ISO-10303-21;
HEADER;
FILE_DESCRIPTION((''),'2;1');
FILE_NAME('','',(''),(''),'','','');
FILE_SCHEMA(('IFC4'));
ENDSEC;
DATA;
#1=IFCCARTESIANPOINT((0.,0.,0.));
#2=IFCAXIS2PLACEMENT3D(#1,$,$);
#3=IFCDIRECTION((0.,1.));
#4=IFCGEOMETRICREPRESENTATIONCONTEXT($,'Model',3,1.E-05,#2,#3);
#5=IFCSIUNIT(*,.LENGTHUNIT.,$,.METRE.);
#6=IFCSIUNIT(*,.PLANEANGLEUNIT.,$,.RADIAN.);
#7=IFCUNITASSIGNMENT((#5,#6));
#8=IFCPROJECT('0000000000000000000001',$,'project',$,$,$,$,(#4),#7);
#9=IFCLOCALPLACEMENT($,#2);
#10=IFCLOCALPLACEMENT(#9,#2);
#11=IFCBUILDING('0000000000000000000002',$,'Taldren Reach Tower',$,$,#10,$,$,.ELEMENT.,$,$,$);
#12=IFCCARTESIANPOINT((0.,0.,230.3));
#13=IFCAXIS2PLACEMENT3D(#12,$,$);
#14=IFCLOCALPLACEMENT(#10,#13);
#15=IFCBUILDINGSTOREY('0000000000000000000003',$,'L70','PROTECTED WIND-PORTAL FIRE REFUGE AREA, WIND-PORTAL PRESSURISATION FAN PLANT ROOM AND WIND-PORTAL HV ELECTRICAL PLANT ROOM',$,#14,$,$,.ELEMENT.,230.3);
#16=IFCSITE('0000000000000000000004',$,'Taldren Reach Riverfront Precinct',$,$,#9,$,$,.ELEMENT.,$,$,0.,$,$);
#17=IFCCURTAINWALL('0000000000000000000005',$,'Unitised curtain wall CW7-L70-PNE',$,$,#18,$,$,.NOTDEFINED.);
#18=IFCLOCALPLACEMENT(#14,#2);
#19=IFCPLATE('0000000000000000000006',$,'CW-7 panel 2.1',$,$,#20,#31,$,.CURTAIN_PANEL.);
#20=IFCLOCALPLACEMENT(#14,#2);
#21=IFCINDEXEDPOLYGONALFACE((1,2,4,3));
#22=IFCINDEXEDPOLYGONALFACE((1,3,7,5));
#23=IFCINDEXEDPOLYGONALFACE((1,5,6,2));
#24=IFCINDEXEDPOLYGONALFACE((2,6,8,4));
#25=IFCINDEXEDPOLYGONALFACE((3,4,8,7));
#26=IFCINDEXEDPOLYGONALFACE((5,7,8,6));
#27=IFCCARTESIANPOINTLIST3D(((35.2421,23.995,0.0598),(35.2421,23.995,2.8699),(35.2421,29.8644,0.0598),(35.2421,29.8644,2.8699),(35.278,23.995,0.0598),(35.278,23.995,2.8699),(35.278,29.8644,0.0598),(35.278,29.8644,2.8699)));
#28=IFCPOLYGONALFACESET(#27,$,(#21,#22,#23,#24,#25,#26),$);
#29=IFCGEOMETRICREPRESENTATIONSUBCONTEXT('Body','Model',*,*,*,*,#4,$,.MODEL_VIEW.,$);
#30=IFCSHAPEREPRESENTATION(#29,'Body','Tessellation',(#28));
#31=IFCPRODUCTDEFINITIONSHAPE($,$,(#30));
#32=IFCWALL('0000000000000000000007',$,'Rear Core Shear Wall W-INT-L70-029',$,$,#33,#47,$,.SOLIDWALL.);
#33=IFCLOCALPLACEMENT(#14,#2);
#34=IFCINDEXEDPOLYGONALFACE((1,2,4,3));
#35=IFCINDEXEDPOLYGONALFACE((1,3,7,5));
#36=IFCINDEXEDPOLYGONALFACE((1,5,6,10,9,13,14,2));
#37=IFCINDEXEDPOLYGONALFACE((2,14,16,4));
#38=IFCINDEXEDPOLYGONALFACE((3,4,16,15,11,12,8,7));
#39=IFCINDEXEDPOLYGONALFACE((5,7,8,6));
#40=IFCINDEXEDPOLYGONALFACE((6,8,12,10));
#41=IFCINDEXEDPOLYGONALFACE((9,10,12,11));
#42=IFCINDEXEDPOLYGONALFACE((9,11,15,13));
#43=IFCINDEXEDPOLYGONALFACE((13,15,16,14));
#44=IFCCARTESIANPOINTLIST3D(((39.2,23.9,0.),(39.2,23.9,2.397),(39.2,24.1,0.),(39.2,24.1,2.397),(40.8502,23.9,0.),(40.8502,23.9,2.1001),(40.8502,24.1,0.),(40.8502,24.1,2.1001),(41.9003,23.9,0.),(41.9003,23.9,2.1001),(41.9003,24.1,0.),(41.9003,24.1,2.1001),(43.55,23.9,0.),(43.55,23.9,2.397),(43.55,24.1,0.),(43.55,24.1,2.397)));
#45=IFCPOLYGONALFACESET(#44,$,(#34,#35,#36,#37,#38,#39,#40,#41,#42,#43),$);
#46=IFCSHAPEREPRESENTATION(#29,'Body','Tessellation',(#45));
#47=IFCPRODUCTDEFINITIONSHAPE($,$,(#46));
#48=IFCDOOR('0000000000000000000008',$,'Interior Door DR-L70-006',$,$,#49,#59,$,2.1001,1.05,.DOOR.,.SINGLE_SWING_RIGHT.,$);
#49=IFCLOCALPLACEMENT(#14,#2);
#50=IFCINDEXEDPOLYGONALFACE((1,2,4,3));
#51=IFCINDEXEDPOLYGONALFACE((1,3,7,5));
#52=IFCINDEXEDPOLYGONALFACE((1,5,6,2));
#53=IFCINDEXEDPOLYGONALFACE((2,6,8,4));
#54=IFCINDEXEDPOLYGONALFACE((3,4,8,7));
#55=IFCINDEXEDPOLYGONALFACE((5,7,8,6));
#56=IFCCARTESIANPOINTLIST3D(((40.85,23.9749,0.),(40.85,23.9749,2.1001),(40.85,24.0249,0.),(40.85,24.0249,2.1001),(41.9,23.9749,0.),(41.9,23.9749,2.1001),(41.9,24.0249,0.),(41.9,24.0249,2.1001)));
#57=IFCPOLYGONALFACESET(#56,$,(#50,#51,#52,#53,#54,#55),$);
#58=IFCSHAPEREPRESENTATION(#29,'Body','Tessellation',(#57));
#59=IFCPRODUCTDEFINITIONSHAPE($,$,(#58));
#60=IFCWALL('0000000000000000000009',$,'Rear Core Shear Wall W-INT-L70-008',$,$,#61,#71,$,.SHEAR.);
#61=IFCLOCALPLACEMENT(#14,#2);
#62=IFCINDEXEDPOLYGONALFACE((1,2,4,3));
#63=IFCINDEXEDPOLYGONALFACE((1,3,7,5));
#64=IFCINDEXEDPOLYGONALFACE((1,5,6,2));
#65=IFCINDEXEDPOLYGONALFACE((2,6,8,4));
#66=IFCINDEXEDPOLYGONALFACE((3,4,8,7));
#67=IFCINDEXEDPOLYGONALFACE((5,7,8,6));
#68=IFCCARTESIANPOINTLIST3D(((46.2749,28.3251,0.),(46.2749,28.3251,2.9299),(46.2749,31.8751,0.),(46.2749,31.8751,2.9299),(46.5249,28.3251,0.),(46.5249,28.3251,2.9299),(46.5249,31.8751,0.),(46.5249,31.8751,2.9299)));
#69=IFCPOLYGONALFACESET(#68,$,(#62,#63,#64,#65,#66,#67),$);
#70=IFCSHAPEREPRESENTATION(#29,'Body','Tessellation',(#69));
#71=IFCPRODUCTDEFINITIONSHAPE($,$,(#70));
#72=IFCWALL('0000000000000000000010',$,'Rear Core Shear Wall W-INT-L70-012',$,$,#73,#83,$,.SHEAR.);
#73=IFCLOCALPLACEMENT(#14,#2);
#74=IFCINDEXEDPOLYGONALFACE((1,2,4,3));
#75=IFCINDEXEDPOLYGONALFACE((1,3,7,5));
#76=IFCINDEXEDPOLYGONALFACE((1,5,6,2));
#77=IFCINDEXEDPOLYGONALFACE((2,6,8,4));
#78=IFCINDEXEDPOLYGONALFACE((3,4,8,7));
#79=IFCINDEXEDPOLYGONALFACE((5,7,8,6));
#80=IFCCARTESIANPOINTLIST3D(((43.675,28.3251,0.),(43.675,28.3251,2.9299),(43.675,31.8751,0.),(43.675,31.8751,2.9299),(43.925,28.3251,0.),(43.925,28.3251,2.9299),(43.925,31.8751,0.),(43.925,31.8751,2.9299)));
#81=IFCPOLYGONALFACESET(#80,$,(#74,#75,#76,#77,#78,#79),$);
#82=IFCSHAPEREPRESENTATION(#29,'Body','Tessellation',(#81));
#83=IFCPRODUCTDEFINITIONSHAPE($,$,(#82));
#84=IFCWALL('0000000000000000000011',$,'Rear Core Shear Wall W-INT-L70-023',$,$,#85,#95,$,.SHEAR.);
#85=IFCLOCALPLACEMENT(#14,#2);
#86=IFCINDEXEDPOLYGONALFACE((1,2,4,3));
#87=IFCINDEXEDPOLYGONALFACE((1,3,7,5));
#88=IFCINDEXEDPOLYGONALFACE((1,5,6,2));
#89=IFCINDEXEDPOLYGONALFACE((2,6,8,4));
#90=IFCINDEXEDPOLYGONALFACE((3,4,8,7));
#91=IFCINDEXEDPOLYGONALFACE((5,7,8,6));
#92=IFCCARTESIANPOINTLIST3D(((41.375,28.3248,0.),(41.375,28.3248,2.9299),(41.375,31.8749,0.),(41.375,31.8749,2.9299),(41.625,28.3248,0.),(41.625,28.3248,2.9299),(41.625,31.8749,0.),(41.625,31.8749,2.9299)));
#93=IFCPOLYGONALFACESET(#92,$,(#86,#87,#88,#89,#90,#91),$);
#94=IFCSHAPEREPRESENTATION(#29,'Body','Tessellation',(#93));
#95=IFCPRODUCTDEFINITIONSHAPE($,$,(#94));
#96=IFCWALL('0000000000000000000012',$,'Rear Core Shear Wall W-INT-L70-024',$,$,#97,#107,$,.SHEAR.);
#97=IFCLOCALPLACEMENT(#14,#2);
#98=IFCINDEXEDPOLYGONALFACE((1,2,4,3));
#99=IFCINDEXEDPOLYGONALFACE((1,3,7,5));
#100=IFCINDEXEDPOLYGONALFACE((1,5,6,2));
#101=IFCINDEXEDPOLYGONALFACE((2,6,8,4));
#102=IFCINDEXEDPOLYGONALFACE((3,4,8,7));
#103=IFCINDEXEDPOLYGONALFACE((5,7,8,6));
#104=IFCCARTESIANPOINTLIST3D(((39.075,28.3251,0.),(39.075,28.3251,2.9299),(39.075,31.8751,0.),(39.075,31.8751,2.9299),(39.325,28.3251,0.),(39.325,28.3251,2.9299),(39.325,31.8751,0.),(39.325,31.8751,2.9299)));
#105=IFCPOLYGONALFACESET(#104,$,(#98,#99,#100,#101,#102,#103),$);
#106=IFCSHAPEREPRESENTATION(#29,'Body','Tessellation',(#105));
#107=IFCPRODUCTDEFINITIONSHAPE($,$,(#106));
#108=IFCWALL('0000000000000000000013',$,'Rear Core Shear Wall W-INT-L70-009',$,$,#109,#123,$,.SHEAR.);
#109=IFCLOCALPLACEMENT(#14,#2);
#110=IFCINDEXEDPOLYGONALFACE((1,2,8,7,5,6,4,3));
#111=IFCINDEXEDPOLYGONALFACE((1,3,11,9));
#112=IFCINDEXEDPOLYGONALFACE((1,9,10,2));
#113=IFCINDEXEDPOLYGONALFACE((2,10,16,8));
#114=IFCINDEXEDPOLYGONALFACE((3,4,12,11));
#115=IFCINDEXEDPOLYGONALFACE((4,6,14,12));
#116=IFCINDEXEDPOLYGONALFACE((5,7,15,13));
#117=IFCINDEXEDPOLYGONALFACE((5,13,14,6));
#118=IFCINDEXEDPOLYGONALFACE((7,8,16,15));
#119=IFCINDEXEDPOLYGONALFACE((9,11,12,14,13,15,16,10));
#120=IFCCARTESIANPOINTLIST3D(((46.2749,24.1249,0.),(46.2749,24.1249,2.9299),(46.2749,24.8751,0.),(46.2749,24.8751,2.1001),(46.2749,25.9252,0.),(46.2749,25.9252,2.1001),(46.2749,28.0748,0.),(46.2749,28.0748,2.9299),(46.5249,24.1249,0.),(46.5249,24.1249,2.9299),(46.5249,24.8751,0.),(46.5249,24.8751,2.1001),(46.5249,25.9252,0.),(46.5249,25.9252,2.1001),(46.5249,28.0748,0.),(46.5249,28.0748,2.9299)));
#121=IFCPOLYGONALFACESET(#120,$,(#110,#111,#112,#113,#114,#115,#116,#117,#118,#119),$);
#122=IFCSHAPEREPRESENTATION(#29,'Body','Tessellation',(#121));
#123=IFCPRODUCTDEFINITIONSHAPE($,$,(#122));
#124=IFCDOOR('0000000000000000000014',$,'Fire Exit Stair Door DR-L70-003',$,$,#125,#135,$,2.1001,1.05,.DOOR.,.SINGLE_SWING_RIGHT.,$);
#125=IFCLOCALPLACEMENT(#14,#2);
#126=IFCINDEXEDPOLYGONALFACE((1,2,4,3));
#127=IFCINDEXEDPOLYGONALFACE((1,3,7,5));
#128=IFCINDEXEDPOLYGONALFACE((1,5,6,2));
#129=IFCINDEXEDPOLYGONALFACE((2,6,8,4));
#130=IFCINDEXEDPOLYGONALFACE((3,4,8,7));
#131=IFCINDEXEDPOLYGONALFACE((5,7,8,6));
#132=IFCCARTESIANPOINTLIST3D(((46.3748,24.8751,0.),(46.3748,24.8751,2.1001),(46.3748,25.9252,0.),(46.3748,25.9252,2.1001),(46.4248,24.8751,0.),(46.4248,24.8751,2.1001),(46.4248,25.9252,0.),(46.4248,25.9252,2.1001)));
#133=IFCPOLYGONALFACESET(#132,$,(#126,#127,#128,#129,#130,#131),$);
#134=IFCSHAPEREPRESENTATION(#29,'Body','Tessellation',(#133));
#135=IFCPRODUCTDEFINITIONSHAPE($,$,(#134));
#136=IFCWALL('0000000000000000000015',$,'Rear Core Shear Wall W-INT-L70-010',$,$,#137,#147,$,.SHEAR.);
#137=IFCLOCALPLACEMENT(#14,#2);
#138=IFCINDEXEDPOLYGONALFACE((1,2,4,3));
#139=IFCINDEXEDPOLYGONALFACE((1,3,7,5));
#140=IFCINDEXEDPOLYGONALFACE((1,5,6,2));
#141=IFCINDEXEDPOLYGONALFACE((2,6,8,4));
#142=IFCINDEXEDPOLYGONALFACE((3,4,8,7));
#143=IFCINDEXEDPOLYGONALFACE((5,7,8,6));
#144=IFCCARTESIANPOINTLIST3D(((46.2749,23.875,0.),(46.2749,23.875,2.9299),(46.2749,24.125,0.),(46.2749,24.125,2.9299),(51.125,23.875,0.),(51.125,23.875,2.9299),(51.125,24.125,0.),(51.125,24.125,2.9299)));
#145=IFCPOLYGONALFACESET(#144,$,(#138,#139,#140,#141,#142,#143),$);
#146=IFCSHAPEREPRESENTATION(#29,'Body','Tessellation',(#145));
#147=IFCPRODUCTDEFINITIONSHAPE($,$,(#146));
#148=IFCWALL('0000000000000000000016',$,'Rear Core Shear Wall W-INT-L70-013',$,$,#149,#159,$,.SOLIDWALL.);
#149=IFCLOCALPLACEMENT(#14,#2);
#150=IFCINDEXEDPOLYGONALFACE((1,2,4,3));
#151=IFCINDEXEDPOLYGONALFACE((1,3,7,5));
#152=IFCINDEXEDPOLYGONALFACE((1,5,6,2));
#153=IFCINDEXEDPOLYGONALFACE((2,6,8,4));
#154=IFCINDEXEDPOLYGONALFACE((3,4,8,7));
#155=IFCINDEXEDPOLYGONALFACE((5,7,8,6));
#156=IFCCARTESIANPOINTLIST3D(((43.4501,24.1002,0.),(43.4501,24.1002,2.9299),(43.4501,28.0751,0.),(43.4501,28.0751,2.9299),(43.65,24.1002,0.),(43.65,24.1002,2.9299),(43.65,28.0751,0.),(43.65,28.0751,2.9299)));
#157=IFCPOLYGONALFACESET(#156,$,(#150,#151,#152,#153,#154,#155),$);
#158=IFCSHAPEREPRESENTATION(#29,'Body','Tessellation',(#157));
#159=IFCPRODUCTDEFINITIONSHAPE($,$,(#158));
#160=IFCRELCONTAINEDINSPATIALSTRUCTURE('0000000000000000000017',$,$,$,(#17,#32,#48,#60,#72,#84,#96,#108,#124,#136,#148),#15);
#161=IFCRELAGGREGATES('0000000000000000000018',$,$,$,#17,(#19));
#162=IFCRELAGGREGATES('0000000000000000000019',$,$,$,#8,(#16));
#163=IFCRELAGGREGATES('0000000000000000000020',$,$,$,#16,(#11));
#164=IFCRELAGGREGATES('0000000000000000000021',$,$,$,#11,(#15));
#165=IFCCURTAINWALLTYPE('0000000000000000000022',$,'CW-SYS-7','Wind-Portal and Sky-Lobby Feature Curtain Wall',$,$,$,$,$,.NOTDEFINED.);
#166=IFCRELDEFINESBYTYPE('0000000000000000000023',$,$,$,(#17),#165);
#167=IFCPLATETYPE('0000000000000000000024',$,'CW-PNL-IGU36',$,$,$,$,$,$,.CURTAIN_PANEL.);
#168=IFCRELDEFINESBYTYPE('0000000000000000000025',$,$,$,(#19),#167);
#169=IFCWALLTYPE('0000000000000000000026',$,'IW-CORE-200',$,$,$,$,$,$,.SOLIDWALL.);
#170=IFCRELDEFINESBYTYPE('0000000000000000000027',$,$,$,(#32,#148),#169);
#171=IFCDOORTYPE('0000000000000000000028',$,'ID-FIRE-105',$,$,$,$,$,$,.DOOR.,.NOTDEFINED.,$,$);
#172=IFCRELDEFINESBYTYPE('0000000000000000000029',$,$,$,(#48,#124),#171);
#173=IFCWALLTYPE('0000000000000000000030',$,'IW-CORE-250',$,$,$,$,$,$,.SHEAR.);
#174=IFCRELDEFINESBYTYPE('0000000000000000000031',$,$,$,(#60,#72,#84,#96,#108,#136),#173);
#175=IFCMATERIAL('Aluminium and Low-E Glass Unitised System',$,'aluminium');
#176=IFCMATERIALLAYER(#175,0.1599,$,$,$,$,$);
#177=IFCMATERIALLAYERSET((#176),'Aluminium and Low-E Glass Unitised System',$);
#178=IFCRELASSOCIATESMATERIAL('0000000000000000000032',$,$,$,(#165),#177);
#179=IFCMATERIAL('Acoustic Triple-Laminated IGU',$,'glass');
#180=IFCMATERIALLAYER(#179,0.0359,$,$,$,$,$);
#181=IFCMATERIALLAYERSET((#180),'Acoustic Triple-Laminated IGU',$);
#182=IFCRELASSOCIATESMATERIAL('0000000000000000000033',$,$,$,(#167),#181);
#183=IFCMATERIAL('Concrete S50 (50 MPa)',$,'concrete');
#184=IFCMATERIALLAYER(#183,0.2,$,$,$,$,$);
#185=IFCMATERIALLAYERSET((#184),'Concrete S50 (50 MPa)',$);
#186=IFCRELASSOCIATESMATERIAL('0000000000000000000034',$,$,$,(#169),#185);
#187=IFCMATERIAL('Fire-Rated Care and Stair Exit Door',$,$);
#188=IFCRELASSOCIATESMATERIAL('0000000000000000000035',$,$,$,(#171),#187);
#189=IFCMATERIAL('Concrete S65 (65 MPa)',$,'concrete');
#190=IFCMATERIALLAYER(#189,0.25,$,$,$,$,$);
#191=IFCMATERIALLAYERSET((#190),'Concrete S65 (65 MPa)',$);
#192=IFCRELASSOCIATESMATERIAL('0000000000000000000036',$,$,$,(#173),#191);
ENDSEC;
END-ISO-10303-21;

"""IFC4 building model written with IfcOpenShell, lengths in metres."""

from ifc_helpers import new_model, si_unit, direction, frame, frame_2d, origin, origin_2d, place, context, subcontext, project, spatial, rectangle, extrude, source, transform, mapped, material, layer, layer_set, type_object, element, fill, aggregate, save


model = new_model("IFC4")

# Units and contexts
model_context = context("Model", 3, precision=1e-05, world=origin(), true_north=direction((0.0, 1.0)))
body_context = subcontext(model_context, "Body", "Model", "MODEL_VIEW")
ifc_project = project(units=[si_unit("LENGTHUNIT", "METRE"), si_unit("PLANEANGLEUNIT", "RADIAN")], contexts=[model_context])

# Site, building, storey
site_placement = place(None, origin())
site = spatial("IfcSite", under=ifc_project, at=site_placement, Name="Taldren Reach Riverfront Precinct", CompositionType="ELEMENT", RefElevation=0.0)
building_placement = place(site_placement, origin())
building = spatial("IfcBuilding", under=site, at=building_placement, Name="Taldren Reach Tower", CompositionType="ELEMENT")
storey_placement = place(building_placement, frame((0.0, 0.0, 230.3)))
storey = spatial("IfcBuildingStorey", under=building, at=storey_placement, Name="L70", Description="PROTECTED WIND-PORTAL FIRE REFUGE AREA, WIND-PORTAL PRESSURISATION FAN PLANT ROOM AND WIND-PORTAL HV ELECTRICAL PLANT ROOM", CompositionType="ELEMENT", Elevation=230.3)

# Curtain wall
ifc_material_1 = material(Name="Aluminium and Low-E Glass Unitised System", Category="aluminium")
ifc_layer_1 = layer(ifc_material_1, 0.1599)
ifc_layer_set_1 = layer_set([ifc_layer_1], Name="Aluminium and Low-E Glass Unitised System")
curtain_wall_type = type_object("IfcCurtainWallType", Name="CW-SYS-7", Description="Wind-Portal and Sky-Lobby Feature Curtain Wall", PredefinedType="NOTDEFINED", material=ifc_layer_set_1)
curtain_wall_placement = place(storey_placement, origin())
curtain_wall = element("IfcCurtainWall", 1, at=curtain_wall_placement, inside=storey, type_object=curtain_wall_type, Name="Unitised curtain wall CW7-L70-PNE", PredefinedType="NOTDEFINED")

# Plate
ifc_material_2 = material(Name="Acoustic Triple-Laminated IGU", Category="glass")
ifc_layer_2 = layer(ifc_material_2, 0.0359)
ifc_layer_set_2 = layer_set([ifc_layer_2], Name="Acoustic Triple-Laminated IGU")
plate_type = type_object("IfcPlateType", Name="CW-PNL-IGU36", PredefinedType="CURTAIN_PANEL", material=ifc_layer_set_2)
shared_shape_1 = source(origin(), body_context, "Body", "SweptSolid", [
    extrude(rectangle(XDim=5.8694, YDim=0.0359, at=origin_2d()), origin(), (0.0, 0.0, 1.0), 2.8101),
])
plate_placement = place(storey_placement, frame((35.26, 26.9297, 0.0598), z_axis=(0.0, 0.0, 1.0), x_axis=(0.0, -1.0, 0.0)))
plate = element("IfcPlate", 2, at=plate_placement, type_object=plate_type, Name="CW-7 panel 2.1", PredefinedType="CURTAIN_PANEL", context=body_context, shape_type="MappedRepresentation", body=[
    mapped(shared_shape_1, transform((0.0, 0.0, 0.0), scale=1.0)),
])
aggregate(curtain_wall, [plate])

# Wall, opening, door
ifc_material_3 = material(Name="Concrete S50 (50 MPa)", Category="concrete")
ifc_layer_3 = layer(ifc_material_3, 0.2)
ifc_layer_set_3 = layer_set([ifc_layer_3], Name="Concrete S50 (50 MPa)")
wall_type_1 = type_object("IfcWallType", Name="IW-CORE-200", PredefinedType="SOLIDWALL", material=ifc_layer_set_3)
shared_shape_2 = source(origin(), body_context, "Body", "SweptSolid", [
    extrude(rectangle(XDim=4.3501, YDim=0.2, at=frame_2d((2.175, 0.0))), origin(), (0.0, 0.0, 1.0), 2.397),
])
wall_1_placement = place(storey_placement, frame((43.55, 24.0, 0.0), z_axis=(0.0, 0.0, 1.0), x_axis=(-1.0, 0.0, 0.0)))
wall_1 = element("IfcWall", 3, at=wall_1_placement, inside=storey, type_object=wall_type_1, Name="Rear Core Shear Wall W-INT-L70-029", PredefinedType="SOLIDWALL", context=body_context, shape_type="MappedRepresentation", body=[
    mapped(shared_shape_2, transform((0.0, 0.0, 0.0), scale=1.0)),
])
shared_shape_3 = source(origin(), body_context, "Body", "SweptSolid", [
    extrude(rectangle(XDim=1.05, YDim=2.1001, at=frame_2d((0.5249, 1.05))), frame((0.0, 0.1099, 0.0), z_axis=(0.0, -1.0, 0.0), x_axis=(1.0, 0.0, 0.0)), (0.0, 0.0, 1.0), 0.22),
])
opening_1_placement = place(wall_1_placement, frame((1.6499, 0.0, 0.0)))
opening_1 = element("IfcOpeningElement", 4, at=opening_1_placement, cuts=wall_1, PredefinedType="OPENING", context=body_context, shape_type="MappedRepresentation", body=[
    mapped(shared_shape_3, transform((0.0, 0.0, 0.0), scale=1.0)),
])
ifc_material_4 = material(Name="Fire-Rated Care and Stair Exit Door")
door_type_1 = type_object("IfcDoorType", Name="ID-FIRE-105", OperationType="NOTDEFINED", PredefinedType="DOOR", material=ifc_material_4)
shared_shape_4 = source(origin(), body_context, "Body", "SweptSolid", [
    extrude(rectangle(XDim=1.05, YDim=2.1001, at=frame_2d((0.5249, 1.05))), frame((0.0, 0.0249, 0.0), z_axis=(0.0, -1.0, 0.0), x_axis=(1.0, 0.0, 0.0)), (0.0, 0.0, 1.0), 0.05),
])
door_1_placement = place(opening_1_placement, frame((1.05, 0.0, 0.0), z_axis=(0.0, 0.0, 1.0), x_axis=(-1.0, 0.0, 0.0)))
door_1 = element("IfcDoor", 5, at=door_1_placement, inside=storey, type_object=door_type_1, Name="Interior Door DR-L70-006", OperationType="SINGLE_SWING_RIGHT", OverallHeight=2.1001, OverallWidth=1.05, PredefinedType="DOOR", context=body_context, shape_type="MappedRepresentation", body=[
    mapped(shared_shape_4, transform((0.0, 0.0, 0.0), scale=1.0)),
])
fill(opening_1, door_1)

# Walls
ifc_material_5 = material(Name="Concrete S65 (65 MPa)", Category="concrete")
ifc_layer_4 = layer(ifc_material_5, 0.25)
ifc_layer_set_4 = layer_set([ifc_layer_4], Name="Concrete S65 (65 MPa)")
wall_type_2 = type_object("IfcWallType", Name="IW-CORE-250", PredefinedType="SHEAR", material=ifc_layer_set_4)
shared_shape_5 = source(origin(), body_context, "Body", "SweptSolid", [
    extrude(rectangle(XDim=3.55, YDim=0.25, at=frame_2d((1.7749, 0.0))), origin(), (0.0, 0.0, 1.0), 2.9299),
])
for number, where, z_axis, x_axis, name in (
    (6, (46.3999, 31.875, 0.0), (0.0, 0.0, 1.0), (0.0, -1.0, 0.0), "Rear Core Shear Wall W-INT-L70-008"),
    (7, (43.8, 31.875, 0.0), (0.0, 0.0, 1.0), (0.0, -1.0, 0.0), "Rear Core Shear Wall W-INT-L70-012"),
    (8, (41.5, 28.325, 0.0), (0.0, 0.0, 1.0), (0.0, 1.0, 0.0), "Rear Core Shear Wall W-INT-L70-023"),
    (9, (39.2, 31.875, 0.0), (0.0, 0.0, 1.0), (0.0, -1.0, 0.0), "Rear Core Shear Wall W-INT-L70-024"),
):
    element("IfcWall", number, at=place(storey_placement, frame(where, z_axis=z_axis, x_axis=x_axis)), inside=storey, type_object=wall_type_2, Name=name, PredefinedType="SHEAR", context=body_context, shape_type="MappedRepresentation", body=[
        mapped(shared_shape_5, transform((0.0, 0.0, 0.0), scale=1.0)),
    ])

# Wall, opening, door
shared_shape_6 = source(origin(), body_context, "Body", "SweptSolid", [
    extrude(rectangle(XDim=3.95, YDim=0.25, at=frame_2d((1.9751, 0.0))), origin(), (0.0, 0.0, 1.0), 2.9299),
])
wall_2_placement = place(storey_placement, frame((46.3999, 28.075, 0.0), z_axis=(0.0, 0.0, 1.0), x_axis=(0.0, -1.0, 0.0)))
wall_2 = element("IfcWall", 10, at=wall_2_placement, inside=storey, type_object=wall_type_2, Name="Rear Core Shear Wall W-INT-L70-009", PredefinedType="SHEAR", context=body_context, shape_type="MappedRepresentation", body=[
    mapped(shared_shape_6, transform((0.0, 0.0, 0.0), scale=1.0)),
])
shared_shape_7 = source(origin(), body_context, "Body", "SweptSolid", [
    extrude(rectangle(XDim=1.05, YDim=2.1001, at=frame_2d((0.5249, 1.05))), frame((0.0, 0.135, 0.0), z_axis=(0.0, -1.0, 0.0), x_axis=(1.0, 0.0, 0.0)), (0.0, 0.0, 1.0), 0.27),
])
opening_2_placement = place(wall_2_placement, frame((2.1499, 0.0, 0.0)))
opening_2 = element("IfcOpeningElement", 11, at=opening_2_placement, cuts=wall_2, PredefinedType="OPENING", context=body_context, shape_type="MappedRepresentation", body=[
    mapped(shared_shape_7, transform((0.0, 0.0, 0.0), scale=1.0)),
])
door_2_placement = place(opening_2_placement, origin())
door_2 = element("IfcDoor", 12, at=door_2_placement, inside=storey, type_object=door_type_1, Name="Fire Exit Stair Door DR-L70-003", OperationType="SINGLE_SWING_RIGHT", OverallHeight=2.1001, OverallWidth=1.05, PredefinedType="DOOR", context=body_context, shape_type="MappedRepresentation", body=[
    mapped(shared_shape_4, transform((0.0, 0.0, 0.0), scale=1.0)),
])
fill(opening_2, door_2)

# Wall
shared_shape_8 = source(origin(), body_context, "Body", "SweptSolid", [
    extrude(rectangle(XDim=4.8501, YDim=0.25, at=frame_2d((2.425, 0.0))), origin(), (0.0, 0.0, 1.0), 2.9299),
])
wall_3_placement = place(storey_placement, frame((46.2749, 24.0, 0.0), z_axis=(0.0, 0.0, 1.0), x_axis=(1.0, 0.0, 0.0)))
element("IfcWall", 13, at=wall_3_placement, inside=storey, type_object=wall_type_2, Name="Rear Core Shear Wall W-INT-L70-010", PredefinedType="SHEAR", context=body_context, shape_type="MappedRepresentation", body=[
    mapped(shared_shape_8, transform((0.0, 0.0, 0.0), scale=1.0)),
])

# Wall
shared_shape_9 = source(origin(), body_context, "Body", "SweptSolid", [
    extrude(rectangle(XDim=3.9749, YDim=0.2, at=frame_2d((1.9873, 0.0))), origin(), (0.0, 0.0, 1.0), 2.9299),
])
wall_4_placement = place(storey_placement, frame((43.55, 28.075, 0.0), z_axis=(0.0, 0.0, 1.0), x_axis=(0.0, -1.0, 0.0)))
element("IfcWall", 14, at=wall_4_placement, inside=storey, type_object=wall_type_1, Name="Rear Core Shear Wall W-INT-L70-013", PredefinedType="SOLIDWALL", context=body_context, shape_type="MappedRepresentation", body=[
    mapped(shared_shape_9, transform((0.0, 0.0, 0.0), scale=1.0)),
])

save(model, "model.ifc")
